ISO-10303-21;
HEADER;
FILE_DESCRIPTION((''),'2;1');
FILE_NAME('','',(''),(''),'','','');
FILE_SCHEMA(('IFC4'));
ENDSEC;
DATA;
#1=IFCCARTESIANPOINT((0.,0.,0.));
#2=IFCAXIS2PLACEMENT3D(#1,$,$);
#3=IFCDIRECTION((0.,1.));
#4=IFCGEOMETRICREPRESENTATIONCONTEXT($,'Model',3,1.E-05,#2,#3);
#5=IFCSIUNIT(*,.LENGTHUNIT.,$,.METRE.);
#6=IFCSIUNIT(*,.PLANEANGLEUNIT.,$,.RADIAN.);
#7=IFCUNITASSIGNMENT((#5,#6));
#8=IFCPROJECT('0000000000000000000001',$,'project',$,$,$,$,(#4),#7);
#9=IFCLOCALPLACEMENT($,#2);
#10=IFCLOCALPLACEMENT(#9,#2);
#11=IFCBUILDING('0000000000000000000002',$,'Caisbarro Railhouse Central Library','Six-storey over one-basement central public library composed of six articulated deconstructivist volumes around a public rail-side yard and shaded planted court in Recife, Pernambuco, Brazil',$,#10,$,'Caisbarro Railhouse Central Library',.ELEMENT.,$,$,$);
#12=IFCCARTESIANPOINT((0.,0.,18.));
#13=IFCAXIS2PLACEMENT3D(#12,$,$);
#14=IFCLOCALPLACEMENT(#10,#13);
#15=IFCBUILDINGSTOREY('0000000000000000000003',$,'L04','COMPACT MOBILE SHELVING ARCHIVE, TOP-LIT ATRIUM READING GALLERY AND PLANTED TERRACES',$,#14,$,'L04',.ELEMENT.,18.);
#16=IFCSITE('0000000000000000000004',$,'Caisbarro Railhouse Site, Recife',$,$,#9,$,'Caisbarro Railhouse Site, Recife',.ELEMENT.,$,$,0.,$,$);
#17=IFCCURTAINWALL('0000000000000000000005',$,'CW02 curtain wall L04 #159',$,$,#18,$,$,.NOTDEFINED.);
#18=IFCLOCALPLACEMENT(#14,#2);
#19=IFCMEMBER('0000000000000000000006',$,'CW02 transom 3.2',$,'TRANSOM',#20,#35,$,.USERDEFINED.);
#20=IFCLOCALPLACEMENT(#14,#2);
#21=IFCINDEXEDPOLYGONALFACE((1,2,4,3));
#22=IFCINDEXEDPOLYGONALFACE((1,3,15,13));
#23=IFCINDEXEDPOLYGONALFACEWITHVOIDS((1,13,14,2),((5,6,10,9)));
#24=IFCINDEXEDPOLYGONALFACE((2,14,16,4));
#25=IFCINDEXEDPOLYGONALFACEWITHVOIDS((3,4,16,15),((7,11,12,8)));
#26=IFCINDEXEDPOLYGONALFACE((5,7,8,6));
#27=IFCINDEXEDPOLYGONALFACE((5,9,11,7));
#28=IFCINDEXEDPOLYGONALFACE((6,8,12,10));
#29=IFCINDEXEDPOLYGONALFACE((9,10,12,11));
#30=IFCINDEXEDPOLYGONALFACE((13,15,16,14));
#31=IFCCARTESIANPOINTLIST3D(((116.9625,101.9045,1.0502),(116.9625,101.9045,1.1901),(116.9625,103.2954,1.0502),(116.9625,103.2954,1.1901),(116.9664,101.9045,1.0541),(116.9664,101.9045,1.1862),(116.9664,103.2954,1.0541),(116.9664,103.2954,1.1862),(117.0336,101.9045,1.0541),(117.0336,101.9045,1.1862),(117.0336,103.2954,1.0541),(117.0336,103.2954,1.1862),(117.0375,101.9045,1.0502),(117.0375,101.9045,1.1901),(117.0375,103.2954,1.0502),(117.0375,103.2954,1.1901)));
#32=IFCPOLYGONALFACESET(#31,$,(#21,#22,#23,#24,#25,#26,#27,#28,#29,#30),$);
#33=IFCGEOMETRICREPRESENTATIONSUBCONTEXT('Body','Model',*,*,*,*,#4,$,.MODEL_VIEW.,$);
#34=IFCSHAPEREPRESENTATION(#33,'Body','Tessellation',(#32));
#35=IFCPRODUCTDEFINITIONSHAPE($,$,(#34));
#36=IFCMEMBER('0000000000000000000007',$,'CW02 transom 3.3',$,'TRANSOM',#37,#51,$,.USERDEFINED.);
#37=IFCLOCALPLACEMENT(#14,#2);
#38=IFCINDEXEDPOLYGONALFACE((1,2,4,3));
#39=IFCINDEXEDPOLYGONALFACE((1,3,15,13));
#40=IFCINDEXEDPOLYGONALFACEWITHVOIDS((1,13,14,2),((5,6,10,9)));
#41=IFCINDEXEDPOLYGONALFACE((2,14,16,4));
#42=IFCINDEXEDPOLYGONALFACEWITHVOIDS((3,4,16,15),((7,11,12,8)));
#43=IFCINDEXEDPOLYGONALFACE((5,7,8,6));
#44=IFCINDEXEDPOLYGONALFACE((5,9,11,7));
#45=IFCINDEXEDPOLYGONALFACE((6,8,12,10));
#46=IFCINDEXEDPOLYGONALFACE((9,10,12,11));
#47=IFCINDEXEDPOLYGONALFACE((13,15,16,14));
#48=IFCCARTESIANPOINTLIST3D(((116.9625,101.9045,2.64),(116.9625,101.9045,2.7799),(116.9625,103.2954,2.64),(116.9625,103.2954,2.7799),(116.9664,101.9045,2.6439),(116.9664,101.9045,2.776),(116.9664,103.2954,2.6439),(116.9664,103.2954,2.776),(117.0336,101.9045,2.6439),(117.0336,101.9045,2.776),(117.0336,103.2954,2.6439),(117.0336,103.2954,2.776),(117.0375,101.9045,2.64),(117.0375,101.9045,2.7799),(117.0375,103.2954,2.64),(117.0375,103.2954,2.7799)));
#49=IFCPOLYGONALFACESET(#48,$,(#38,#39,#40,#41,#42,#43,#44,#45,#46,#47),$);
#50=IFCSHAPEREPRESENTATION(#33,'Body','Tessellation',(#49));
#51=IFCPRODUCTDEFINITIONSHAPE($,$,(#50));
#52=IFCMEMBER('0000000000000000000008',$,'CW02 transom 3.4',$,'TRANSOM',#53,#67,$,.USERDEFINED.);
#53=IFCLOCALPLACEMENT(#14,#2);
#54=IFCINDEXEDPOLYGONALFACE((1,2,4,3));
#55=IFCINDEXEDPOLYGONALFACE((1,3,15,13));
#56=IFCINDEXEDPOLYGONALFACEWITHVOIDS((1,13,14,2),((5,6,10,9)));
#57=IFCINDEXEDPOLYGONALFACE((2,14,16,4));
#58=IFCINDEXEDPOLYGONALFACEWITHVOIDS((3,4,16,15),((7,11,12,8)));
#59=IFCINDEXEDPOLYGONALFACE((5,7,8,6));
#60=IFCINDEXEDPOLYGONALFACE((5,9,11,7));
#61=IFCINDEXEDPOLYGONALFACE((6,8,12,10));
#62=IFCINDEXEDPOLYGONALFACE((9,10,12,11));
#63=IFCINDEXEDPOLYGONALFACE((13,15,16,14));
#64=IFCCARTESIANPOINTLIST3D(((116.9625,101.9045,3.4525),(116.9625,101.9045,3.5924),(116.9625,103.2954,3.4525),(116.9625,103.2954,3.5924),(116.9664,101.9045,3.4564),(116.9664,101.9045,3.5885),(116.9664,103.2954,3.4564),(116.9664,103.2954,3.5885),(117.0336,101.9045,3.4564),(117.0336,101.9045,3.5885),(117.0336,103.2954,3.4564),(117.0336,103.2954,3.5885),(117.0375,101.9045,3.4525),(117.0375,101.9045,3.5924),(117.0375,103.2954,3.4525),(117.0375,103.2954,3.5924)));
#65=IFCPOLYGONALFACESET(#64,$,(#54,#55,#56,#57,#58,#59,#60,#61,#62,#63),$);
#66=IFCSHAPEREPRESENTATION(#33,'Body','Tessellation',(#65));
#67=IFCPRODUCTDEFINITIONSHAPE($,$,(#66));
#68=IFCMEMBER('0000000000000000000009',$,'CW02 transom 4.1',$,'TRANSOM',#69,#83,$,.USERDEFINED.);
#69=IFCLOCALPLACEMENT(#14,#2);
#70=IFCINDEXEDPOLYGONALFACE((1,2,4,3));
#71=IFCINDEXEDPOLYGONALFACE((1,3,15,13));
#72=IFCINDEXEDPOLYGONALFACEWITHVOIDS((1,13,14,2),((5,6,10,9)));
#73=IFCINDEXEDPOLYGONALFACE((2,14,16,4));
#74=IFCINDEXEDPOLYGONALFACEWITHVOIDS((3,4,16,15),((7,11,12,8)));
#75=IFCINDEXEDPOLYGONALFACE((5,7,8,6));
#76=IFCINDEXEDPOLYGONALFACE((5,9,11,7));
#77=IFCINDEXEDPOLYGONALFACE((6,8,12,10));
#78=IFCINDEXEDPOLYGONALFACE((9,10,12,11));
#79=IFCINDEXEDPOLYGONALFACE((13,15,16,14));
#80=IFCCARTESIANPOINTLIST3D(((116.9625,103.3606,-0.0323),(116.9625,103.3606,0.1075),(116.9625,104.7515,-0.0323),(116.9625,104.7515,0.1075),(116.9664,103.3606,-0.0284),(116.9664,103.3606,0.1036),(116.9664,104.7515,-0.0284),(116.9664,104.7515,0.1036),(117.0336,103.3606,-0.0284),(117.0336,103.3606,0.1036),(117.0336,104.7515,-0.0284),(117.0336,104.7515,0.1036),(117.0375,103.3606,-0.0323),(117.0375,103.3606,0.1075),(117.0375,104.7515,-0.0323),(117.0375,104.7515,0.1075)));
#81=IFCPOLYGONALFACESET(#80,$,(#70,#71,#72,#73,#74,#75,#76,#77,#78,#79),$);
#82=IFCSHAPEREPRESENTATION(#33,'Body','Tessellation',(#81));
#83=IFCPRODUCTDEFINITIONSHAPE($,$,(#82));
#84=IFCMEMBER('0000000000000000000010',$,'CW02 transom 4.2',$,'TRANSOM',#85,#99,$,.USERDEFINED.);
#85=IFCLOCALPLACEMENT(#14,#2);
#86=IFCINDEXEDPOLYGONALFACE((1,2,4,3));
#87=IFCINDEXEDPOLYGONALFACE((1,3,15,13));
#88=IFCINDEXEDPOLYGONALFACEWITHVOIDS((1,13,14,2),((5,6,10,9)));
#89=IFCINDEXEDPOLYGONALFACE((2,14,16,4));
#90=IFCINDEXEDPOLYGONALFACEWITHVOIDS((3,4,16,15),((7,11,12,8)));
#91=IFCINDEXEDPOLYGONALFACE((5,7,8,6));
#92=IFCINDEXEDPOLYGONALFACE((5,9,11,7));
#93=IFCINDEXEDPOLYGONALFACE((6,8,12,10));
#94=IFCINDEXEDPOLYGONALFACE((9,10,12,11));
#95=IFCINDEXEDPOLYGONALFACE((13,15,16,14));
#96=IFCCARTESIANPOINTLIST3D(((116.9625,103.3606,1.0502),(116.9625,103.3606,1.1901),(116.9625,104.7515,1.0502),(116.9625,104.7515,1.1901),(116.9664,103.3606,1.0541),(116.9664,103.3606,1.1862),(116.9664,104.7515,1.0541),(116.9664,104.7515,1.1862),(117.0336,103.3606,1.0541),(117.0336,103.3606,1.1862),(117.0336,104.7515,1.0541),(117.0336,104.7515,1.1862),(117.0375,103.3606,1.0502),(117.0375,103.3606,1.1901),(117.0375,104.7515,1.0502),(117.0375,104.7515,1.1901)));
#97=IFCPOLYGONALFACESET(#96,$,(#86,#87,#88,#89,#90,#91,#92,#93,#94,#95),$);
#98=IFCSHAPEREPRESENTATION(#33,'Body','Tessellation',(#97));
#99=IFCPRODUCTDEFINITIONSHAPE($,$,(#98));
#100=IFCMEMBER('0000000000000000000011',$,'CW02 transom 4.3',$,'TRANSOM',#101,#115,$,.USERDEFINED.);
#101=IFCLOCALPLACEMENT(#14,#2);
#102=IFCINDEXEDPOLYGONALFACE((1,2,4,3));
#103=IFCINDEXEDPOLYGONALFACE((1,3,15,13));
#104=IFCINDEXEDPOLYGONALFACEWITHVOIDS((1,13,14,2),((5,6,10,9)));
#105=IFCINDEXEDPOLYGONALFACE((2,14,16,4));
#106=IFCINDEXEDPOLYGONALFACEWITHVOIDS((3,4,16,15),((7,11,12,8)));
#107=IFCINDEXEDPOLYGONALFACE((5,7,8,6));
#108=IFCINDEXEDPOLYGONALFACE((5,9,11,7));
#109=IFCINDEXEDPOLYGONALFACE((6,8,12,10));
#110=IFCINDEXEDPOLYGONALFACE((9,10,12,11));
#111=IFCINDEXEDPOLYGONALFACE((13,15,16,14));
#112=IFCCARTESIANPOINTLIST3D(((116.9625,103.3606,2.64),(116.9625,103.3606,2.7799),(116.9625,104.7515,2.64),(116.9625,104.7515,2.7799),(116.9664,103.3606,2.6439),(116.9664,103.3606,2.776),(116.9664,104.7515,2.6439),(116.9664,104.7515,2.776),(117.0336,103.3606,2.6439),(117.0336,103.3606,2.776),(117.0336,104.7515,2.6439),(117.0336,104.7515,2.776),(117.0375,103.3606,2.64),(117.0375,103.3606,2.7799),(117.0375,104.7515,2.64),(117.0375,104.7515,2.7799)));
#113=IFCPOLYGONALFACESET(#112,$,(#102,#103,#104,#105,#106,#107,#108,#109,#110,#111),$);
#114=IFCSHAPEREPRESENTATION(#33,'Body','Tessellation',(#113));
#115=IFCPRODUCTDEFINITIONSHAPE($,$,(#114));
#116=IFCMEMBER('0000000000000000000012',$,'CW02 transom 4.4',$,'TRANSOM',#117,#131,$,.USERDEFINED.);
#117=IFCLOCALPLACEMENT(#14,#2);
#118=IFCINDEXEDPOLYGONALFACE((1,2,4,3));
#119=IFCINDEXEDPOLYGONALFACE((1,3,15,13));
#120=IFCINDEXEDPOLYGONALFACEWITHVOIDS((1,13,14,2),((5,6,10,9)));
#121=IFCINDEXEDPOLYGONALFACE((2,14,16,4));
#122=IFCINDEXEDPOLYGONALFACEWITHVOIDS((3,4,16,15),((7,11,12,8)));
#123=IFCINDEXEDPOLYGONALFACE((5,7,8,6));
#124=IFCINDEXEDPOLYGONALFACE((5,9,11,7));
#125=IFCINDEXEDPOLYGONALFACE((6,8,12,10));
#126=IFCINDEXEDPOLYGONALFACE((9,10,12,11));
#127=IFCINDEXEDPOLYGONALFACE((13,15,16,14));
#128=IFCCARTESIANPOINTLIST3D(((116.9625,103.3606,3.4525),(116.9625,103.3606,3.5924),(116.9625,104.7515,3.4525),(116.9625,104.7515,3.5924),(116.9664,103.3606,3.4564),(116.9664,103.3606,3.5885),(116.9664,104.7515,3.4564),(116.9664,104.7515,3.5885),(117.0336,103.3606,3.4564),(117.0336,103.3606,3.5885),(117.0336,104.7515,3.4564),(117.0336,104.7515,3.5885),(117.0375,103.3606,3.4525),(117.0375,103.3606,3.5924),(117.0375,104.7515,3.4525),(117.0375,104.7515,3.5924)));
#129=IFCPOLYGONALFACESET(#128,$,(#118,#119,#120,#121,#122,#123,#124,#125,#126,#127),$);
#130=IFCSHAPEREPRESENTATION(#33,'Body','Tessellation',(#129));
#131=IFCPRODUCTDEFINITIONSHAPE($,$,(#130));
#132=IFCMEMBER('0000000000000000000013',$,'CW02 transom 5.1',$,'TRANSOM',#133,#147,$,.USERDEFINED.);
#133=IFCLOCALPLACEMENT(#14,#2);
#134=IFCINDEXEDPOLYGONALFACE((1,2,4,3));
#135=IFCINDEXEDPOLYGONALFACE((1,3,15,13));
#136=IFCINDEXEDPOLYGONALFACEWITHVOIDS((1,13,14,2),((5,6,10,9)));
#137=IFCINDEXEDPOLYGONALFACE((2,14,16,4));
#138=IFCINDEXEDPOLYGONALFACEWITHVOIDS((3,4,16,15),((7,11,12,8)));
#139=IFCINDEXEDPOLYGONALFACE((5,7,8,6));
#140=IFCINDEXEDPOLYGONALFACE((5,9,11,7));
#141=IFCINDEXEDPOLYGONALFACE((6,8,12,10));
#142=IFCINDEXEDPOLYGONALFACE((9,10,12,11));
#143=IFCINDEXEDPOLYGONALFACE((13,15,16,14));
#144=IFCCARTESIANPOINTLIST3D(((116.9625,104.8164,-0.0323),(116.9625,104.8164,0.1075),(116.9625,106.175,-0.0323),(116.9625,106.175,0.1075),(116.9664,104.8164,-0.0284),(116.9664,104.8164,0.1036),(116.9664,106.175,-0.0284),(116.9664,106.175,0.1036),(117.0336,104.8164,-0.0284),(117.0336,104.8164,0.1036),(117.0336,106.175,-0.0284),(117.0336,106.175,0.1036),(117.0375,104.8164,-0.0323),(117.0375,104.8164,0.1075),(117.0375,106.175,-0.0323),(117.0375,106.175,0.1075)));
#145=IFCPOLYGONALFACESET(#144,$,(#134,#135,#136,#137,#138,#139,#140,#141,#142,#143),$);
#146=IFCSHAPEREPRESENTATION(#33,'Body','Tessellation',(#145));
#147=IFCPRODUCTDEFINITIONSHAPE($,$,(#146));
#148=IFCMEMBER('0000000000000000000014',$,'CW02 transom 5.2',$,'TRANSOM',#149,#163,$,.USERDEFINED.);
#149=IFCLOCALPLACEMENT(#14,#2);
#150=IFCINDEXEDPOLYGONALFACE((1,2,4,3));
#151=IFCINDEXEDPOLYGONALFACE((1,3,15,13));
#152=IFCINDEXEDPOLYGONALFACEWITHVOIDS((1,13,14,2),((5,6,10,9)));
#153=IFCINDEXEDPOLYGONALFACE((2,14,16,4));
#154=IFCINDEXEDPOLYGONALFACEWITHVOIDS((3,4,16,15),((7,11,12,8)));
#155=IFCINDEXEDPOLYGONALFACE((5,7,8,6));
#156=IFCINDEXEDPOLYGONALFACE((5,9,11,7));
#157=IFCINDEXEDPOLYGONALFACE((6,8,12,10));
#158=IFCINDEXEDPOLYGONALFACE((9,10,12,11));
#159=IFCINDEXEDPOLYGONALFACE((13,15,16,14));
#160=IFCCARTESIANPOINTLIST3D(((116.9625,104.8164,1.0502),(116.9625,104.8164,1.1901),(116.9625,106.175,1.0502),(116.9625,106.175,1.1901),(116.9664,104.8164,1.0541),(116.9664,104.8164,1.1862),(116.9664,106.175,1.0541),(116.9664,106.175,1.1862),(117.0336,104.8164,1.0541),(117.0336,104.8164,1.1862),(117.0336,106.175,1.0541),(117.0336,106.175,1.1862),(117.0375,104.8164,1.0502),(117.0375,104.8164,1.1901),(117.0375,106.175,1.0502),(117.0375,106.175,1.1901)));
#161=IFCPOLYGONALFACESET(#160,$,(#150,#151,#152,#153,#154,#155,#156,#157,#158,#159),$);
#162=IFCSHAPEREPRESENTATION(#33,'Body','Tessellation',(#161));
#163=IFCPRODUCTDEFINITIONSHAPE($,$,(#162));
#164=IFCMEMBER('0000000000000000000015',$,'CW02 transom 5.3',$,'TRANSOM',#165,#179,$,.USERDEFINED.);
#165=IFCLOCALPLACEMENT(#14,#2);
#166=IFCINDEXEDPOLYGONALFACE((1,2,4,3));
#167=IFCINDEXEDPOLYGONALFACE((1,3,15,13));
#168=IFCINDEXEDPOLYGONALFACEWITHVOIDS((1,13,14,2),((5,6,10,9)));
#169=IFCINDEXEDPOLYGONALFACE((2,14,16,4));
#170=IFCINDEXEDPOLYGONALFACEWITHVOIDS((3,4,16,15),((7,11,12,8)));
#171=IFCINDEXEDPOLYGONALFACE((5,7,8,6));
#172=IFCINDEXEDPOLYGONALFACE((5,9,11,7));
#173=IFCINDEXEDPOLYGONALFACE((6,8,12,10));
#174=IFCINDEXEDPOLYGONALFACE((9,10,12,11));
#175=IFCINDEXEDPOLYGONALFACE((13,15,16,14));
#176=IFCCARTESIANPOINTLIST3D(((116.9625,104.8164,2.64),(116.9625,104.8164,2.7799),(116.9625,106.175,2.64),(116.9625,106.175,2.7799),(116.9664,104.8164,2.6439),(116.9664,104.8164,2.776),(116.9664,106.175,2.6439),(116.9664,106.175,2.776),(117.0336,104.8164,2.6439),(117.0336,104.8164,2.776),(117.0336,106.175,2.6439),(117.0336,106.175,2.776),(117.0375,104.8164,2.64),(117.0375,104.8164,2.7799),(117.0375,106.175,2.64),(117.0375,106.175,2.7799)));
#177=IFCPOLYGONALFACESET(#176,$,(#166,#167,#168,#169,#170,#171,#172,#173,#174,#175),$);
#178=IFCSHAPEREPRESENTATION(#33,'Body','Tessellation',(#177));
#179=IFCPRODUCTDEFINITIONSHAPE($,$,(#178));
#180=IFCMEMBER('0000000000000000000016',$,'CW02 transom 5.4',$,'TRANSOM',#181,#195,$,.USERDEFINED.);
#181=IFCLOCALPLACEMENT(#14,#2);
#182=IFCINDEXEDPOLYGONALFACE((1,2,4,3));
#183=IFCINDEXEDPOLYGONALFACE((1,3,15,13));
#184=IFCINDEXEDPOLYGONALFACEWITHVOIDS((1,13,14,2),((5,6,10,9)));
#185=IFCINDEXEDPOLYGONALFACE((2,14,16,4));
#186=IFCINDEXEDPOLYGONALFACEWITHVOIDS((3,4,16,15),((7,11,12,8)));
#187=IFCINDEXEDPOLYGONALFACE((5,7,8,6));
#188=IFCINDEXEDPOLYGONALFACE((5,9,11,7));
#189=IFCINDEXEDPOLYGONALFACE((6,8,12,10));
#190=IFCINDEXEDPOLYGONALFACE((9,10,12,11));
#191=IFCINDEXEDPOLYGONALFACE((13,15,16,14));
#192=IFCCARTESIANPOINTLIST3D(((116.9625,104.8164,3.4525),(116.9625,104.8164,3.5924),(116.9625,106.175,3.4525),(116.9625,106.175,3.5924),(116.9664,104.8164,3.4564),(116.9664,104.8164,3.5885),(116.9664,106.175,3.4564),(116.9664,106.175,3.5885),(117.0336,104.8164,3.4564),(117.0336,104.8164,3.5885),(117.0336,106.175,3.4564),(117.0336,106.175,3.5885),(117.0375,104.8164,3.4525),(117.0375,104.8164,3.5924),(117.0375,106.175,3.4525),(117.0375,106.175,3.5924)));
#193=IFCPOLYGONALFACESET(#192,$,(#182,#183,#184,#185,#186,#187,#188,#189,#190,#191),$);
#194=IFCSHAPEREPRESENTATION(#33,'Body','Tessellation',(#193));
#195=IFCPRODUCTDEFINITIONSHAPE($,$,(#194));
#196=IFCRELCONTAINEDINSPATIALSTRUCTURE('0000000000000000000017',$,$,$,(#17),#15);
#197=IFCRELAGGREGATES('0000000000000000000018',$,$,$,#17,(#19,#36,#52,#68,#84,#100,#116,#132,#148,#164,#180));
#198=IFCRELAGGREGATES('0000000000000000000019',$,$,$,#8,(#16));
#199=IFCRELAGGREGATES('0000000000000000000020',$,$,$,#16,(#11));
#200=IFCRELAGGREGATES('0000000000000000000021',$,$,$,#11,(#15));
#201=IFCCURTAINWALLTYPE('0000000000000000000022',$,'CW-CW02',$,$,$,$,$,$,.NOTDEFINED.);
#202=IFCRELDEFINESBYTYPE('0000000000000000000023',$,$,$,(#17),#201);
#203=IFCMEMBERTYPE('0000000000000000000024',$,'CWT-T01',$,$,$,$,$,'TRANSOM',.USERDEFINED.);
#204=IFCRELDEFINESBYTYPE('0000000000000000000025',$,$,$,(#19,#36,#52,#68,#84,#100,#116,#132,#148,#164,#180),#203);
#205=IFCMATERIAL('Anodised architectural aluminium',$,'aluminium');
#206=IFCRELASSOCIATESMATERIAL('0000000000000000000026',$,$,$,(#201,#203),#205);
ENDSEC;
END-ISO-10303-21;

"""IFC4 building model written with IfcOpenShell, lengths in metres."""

from ifc_helpers import new_model, si_unit, direction, frame, origin, origin_2d, place, context, subcontext, project, spatial, hollow_rectangle, extrude, material, material_profile, profile_set, type_object, element, aggregate, save


model = new_model("IFC4")

# Units and contexts
model_context = context("Model", 3, precision=1e-05, world=origin(), true_north=direction((0.0, 1.0)))
body_context = subcontext(model_context, "Body", "Model", "MODEL_VIEW")
ifc_project = project(units=[si_unit("LENGTHUNIT", "METRE"), si_unit("PLANEANGLEUNIT", "RADIAN")], contexts=[model_context])

# Site, building, storey
site_placement = place(None, origin())
site = spatial("IfcSite", under=ifc_project, at=site_placement, Name="Caisbarro Railhouse Site, Recife", LongName="Caisbarro Railhouse Site, Recife", CompositionType="ELEMENT", RefElevation=0.0)
building_placement = place(site_placement, origin())
building = spatial("IfcBuilding", under=site, at=building_placement, Name="Caisbarro Railhouse Central Library", Description="Six-storey over one-basement central public library composed of six articulated deconstructivist volumes around a public rail-side yard and shaded planted court in Recife, Pernambuco, Brazil", LongName="Caisbarro Railhouse Central Library", CompositionType="ELEMENT")
storey_placement = place(building_placement, frame((0.0, 0.0, 18.0)))
storey = spatial("IfcBuildingStorey", under=building, at=storey_placement, Name="L04", Description="COMPACT MOBILE SHELVING ARCHIVE, TOP-LIT ATRIUM READING GALLERY AND PLANTED TERRACES", LongName="L04", CompositionType="ELEMENT", Elevation=18.0)

# Curtain wall
ifc_material_1 = material(Name="Anodised architectural aluminium", Category="aluminium")
curtain_wall_type = type_object("IfcCurtainWallType", Name="CW-CW02", PredefinedType="NOTDEFINED", material=ifc_material_1)
curtain_wall_1_placement = place(storey_placement, origin())
curtain_wall_1 = element("IfcCurtainWall", 1, at=curtain_wall_1_placement, inside=storey, type_object=curtain_wall_type, Name="CW02 curtain wall L04 #159", PredefinedType="NOTDEFINED")

# Members
ifc_material_profile_1 = material_profile(ifc_material_1, hollow_rectangle(XDim=0.075, YDim=0.1399, WallThickness=0.0039, at=origin_2d()), Name="ALU-TRN-75X140")
ifc_profile_set_1 = profile_set([ifc_material_profile_1], Name="Anodised architectural aluminium")
member_type_1 = type_object("IfcMemberType", Name="CWT-T01", ElementType="TRANSOM", PredefinedType="USERDEFINED", material=ifc_profile_set_1)
member_1_placement = place(storey_placement, frame((117.0, 101.9045, 1.1201), z_axis=(0.0, 1.0, 0.0), x_axis=(-1.0, 0.0, 0.0)))
member_1 = element("IfcMember", 2, at=member_1_placement, type_object=member_type_1, Name="CW02 transom 3.2", ObjectType="TRANSOM", PredefinedType="USERDEFINED", context=body_context, shape_type="SweptSolid", body=[
    extrude(hollow_rectangle(XDim=0.075, YDim=0.1399, WallThickness=0.0039, at=origin_2d()), origin(), (0.0, 0.0, 1.0), 1.3909),
])
member_2_placement = place(storey_placement, frame((117.0, 101.9045, 2.71), z_axis=(0.0, 1.0, 0.0), x_axis=(-1.0, 0.0, 0.0)))
member_2 = element("IfcMember", 3, at=member_2_placement, type_object=member_type_1, Name="CW02 transom 3.3", ObjectType="TRANSOM", PredefinedType="USERDEFINED", context=body_context, shape_type="SweptSolid", body=[
    extrude(hollow_rectangle(XDim=0.075, YDim=0.1399, WallThickness=0.0039, at=origin_2d()), origin(), (0.0, 0.0, 1.0), 1.3909),
])
member_3_placement = place(storey_placement, frame((117.0, 101.9045, 3.5225), z_axis=(0.0, 1.0, 0.0), x_axis=(-1.0, 0.0, 0.0)))
member_3 = element("IfcMember", 4, at=member_3_placement, type_object=member_type_1, Name="CW02 transom 3.4", ObjectType="TRANSOM", PredefinedType="USERDEFINED", context=body_context, shape_type="SweptSolid", body=[
    extrude(hollow_rectangle(XDim=0.075, YDim=0.1399, WallThickness=0.0039, at=origin_2d()), origin(), (0.0, 0.0, 1.0), 1.3909),
])
member_4_placement = place(storey_placement, frame((117.0, 103.3606, 0.0376), z_axis=(0.0, 1.0, 0.0), x_axis=(-1.0, 0.0, 0.0)))
member_4 = element("IfcMember", 5, at=member_4_placement, type_object=member_type_1, Name="CW02 transom 4.1", ObjectType="TRANSOM", PredefinedType="USERDEFINED", context=body_context, shape_type="SweptSolid", body=[
    extrude(hollow_rectangle(XDim=0.075, YDim=0.1399, WallThickness=0.0039, at=origin_2d()), origin(), (0.0, 0.0, 1.0), 1.3909),
])
member_5_placement = place(storey_placement, frame((117.0, 103.3606, 1.1201), z_axis=(0.0, 1.0, 0.0), x_axis=(-1.0, 0.0, 0.0)))
member_5 = element("IfcMember", 6, at=member_5_placement, type_object=member_type_1, Name="CW02 transom 4.2", ObjectType="TRANSOM", PredefinedType="USERDEFINED", context=body_context, shape_type="SweptSolid", body=[
    extrude(hollow_rectangle(XDim=0.075, YDim=0.1399, WallThickness=0.0039, at=origin_2d()), origin(), (0.0, 0.0, 1.0), 1.3909),
])
member_6_placement = place(storey_placement, frame((117.0, 103.3606, 2.71), z_axis=(0.0, 1.0, 0.0), x_axis=(-1.0, 0.0, 0.0)))
member_6 = element("IfcMember", 7, at=member_6_placement, type_object=member_type_1, Name="CW02 transom 4.3", ObjectType="TRANSOM", PredefinedType="USERDEFINED", context=body_context, shape_type="SweptSolid", body=[
    extrude(hollow_rectangle(XDim=0.075, YDim=0.1399, WallThickness=0.0039, at=origin_2d()), origin(), (0.0, 0.0, 1.0), 1.3909),
])
member_7_placement = place(storey_placement, frame((117.0, 103.3606, 3.5225), z_axis=(0.0, 1.0, 0.0), x_axis=(-1.0, 0.0, 0.0)))
member_7 = element("IfcMember", 8, at=member_7_placement, type_object=member_type_1, Name="CW02 transom 4.4", ObjectType="TRANSOM", PredefinedType="USERDEFINED", context=body_context, shape_type="SweptSolid", body=[
    extrude(hollow_rectangle(XDim=0.075, YDim=0.1399, WallThickness=0.0039, at=origin_2d()), origin(), (0.0, 0.0, 1.0), 1.3909),
])
member_8_placement = place(storey_placement, frame((117.0, 104.8164, 0.0376), z_axis=(0.0, 1.0, 0.0), x_axis=(-1.0, 0.0, 0.0)))
member_8 = element("IfcMember", 9, at=member_8_placement, type_object=member_type_1, Name="CW02 transom 5.1", ObjectType="TRANSOM", PredefinedType="USERDEFINED", context=body_context, shape_type="SweptSolid", body=[
    extrude(hollow_rectangle(XDim=0.075, YDim=0.1399, WallThickness=0.0039, at=origin_2d()), origin(), (0.0, 0.0, 1.0), 1.3586),
])
member_9_placement = place(storey_placement, frame((117.0, 104.8164, 1.1201), z_axis=(0.0, 1.0, 0.0), x_axis=(-1.0, 0.0, 0.0)))
member_9 = element("IfcMember", 10, at=member_9_placement, type_object=member_type_1, Name="CW02 transom 5.2", ObjectType="TRANSOM", PredefinedType="USERDEFINED", context=body_context, shape_type="SweptSolid", body=[
    extrude(hollow_rectangle(XDim=0.075, YDim=0.1399, WallThickness=0.0039, at=origin_2d()), origin(), (0.0, 0.0, 1.0), 1.3586),
])
member_10_placement = place(storey_placement, frame((117.0, 104.8164, 2.71), z_axis=(0.0, 1.0, 0.0), x_axis=(-1.0, 0.0, 0.0)))
member_10 = element("IfcMember", 11, at=member_10_placement, type_object=member_type_1, Name="CW02 transom 5.3", ObjectType="TRANSOM", PredefinedType="USERDEFINED", context=body_context, shape_type="SweptSolid", body=[
    extrude(hollow_rectangle(XDim=0.075, YDim=0.1399, WallThickness=0.0039, at=origin_2d()), origin(), (0.0, 0.0, 1.0), 1.3586),
])
member_11_placement = place(storey_placement, frame((117.0, 104.8164, 3.5225), z_axis=(0.0, 1.0, 0.0), x_axis=(-1.0, 0.0, 0.0)))
member_11 = element("IfcMember", 12, at=member_11_placement, type_object=member_type_1, Name="CW02 transom 5.4", ObjectType="TRANSOM", PredefinedType="USERDEFINED", context=body_context, shape_type="SweptSolid", body=[
    extrude(hollow_rectangle(XDim=0.075, YDim=0.1399, WallThickness=0.0039, at=origin_2d()), origin(), (0.0, 0.0, 1.0), 1.3586),
])

aggregate(curtain_wall_1, [member_1, member_2, member_3, member_4, member_5, member_6, member_7, member_8, member_9, member_10, member_11])

save(model, "model.ifc")
